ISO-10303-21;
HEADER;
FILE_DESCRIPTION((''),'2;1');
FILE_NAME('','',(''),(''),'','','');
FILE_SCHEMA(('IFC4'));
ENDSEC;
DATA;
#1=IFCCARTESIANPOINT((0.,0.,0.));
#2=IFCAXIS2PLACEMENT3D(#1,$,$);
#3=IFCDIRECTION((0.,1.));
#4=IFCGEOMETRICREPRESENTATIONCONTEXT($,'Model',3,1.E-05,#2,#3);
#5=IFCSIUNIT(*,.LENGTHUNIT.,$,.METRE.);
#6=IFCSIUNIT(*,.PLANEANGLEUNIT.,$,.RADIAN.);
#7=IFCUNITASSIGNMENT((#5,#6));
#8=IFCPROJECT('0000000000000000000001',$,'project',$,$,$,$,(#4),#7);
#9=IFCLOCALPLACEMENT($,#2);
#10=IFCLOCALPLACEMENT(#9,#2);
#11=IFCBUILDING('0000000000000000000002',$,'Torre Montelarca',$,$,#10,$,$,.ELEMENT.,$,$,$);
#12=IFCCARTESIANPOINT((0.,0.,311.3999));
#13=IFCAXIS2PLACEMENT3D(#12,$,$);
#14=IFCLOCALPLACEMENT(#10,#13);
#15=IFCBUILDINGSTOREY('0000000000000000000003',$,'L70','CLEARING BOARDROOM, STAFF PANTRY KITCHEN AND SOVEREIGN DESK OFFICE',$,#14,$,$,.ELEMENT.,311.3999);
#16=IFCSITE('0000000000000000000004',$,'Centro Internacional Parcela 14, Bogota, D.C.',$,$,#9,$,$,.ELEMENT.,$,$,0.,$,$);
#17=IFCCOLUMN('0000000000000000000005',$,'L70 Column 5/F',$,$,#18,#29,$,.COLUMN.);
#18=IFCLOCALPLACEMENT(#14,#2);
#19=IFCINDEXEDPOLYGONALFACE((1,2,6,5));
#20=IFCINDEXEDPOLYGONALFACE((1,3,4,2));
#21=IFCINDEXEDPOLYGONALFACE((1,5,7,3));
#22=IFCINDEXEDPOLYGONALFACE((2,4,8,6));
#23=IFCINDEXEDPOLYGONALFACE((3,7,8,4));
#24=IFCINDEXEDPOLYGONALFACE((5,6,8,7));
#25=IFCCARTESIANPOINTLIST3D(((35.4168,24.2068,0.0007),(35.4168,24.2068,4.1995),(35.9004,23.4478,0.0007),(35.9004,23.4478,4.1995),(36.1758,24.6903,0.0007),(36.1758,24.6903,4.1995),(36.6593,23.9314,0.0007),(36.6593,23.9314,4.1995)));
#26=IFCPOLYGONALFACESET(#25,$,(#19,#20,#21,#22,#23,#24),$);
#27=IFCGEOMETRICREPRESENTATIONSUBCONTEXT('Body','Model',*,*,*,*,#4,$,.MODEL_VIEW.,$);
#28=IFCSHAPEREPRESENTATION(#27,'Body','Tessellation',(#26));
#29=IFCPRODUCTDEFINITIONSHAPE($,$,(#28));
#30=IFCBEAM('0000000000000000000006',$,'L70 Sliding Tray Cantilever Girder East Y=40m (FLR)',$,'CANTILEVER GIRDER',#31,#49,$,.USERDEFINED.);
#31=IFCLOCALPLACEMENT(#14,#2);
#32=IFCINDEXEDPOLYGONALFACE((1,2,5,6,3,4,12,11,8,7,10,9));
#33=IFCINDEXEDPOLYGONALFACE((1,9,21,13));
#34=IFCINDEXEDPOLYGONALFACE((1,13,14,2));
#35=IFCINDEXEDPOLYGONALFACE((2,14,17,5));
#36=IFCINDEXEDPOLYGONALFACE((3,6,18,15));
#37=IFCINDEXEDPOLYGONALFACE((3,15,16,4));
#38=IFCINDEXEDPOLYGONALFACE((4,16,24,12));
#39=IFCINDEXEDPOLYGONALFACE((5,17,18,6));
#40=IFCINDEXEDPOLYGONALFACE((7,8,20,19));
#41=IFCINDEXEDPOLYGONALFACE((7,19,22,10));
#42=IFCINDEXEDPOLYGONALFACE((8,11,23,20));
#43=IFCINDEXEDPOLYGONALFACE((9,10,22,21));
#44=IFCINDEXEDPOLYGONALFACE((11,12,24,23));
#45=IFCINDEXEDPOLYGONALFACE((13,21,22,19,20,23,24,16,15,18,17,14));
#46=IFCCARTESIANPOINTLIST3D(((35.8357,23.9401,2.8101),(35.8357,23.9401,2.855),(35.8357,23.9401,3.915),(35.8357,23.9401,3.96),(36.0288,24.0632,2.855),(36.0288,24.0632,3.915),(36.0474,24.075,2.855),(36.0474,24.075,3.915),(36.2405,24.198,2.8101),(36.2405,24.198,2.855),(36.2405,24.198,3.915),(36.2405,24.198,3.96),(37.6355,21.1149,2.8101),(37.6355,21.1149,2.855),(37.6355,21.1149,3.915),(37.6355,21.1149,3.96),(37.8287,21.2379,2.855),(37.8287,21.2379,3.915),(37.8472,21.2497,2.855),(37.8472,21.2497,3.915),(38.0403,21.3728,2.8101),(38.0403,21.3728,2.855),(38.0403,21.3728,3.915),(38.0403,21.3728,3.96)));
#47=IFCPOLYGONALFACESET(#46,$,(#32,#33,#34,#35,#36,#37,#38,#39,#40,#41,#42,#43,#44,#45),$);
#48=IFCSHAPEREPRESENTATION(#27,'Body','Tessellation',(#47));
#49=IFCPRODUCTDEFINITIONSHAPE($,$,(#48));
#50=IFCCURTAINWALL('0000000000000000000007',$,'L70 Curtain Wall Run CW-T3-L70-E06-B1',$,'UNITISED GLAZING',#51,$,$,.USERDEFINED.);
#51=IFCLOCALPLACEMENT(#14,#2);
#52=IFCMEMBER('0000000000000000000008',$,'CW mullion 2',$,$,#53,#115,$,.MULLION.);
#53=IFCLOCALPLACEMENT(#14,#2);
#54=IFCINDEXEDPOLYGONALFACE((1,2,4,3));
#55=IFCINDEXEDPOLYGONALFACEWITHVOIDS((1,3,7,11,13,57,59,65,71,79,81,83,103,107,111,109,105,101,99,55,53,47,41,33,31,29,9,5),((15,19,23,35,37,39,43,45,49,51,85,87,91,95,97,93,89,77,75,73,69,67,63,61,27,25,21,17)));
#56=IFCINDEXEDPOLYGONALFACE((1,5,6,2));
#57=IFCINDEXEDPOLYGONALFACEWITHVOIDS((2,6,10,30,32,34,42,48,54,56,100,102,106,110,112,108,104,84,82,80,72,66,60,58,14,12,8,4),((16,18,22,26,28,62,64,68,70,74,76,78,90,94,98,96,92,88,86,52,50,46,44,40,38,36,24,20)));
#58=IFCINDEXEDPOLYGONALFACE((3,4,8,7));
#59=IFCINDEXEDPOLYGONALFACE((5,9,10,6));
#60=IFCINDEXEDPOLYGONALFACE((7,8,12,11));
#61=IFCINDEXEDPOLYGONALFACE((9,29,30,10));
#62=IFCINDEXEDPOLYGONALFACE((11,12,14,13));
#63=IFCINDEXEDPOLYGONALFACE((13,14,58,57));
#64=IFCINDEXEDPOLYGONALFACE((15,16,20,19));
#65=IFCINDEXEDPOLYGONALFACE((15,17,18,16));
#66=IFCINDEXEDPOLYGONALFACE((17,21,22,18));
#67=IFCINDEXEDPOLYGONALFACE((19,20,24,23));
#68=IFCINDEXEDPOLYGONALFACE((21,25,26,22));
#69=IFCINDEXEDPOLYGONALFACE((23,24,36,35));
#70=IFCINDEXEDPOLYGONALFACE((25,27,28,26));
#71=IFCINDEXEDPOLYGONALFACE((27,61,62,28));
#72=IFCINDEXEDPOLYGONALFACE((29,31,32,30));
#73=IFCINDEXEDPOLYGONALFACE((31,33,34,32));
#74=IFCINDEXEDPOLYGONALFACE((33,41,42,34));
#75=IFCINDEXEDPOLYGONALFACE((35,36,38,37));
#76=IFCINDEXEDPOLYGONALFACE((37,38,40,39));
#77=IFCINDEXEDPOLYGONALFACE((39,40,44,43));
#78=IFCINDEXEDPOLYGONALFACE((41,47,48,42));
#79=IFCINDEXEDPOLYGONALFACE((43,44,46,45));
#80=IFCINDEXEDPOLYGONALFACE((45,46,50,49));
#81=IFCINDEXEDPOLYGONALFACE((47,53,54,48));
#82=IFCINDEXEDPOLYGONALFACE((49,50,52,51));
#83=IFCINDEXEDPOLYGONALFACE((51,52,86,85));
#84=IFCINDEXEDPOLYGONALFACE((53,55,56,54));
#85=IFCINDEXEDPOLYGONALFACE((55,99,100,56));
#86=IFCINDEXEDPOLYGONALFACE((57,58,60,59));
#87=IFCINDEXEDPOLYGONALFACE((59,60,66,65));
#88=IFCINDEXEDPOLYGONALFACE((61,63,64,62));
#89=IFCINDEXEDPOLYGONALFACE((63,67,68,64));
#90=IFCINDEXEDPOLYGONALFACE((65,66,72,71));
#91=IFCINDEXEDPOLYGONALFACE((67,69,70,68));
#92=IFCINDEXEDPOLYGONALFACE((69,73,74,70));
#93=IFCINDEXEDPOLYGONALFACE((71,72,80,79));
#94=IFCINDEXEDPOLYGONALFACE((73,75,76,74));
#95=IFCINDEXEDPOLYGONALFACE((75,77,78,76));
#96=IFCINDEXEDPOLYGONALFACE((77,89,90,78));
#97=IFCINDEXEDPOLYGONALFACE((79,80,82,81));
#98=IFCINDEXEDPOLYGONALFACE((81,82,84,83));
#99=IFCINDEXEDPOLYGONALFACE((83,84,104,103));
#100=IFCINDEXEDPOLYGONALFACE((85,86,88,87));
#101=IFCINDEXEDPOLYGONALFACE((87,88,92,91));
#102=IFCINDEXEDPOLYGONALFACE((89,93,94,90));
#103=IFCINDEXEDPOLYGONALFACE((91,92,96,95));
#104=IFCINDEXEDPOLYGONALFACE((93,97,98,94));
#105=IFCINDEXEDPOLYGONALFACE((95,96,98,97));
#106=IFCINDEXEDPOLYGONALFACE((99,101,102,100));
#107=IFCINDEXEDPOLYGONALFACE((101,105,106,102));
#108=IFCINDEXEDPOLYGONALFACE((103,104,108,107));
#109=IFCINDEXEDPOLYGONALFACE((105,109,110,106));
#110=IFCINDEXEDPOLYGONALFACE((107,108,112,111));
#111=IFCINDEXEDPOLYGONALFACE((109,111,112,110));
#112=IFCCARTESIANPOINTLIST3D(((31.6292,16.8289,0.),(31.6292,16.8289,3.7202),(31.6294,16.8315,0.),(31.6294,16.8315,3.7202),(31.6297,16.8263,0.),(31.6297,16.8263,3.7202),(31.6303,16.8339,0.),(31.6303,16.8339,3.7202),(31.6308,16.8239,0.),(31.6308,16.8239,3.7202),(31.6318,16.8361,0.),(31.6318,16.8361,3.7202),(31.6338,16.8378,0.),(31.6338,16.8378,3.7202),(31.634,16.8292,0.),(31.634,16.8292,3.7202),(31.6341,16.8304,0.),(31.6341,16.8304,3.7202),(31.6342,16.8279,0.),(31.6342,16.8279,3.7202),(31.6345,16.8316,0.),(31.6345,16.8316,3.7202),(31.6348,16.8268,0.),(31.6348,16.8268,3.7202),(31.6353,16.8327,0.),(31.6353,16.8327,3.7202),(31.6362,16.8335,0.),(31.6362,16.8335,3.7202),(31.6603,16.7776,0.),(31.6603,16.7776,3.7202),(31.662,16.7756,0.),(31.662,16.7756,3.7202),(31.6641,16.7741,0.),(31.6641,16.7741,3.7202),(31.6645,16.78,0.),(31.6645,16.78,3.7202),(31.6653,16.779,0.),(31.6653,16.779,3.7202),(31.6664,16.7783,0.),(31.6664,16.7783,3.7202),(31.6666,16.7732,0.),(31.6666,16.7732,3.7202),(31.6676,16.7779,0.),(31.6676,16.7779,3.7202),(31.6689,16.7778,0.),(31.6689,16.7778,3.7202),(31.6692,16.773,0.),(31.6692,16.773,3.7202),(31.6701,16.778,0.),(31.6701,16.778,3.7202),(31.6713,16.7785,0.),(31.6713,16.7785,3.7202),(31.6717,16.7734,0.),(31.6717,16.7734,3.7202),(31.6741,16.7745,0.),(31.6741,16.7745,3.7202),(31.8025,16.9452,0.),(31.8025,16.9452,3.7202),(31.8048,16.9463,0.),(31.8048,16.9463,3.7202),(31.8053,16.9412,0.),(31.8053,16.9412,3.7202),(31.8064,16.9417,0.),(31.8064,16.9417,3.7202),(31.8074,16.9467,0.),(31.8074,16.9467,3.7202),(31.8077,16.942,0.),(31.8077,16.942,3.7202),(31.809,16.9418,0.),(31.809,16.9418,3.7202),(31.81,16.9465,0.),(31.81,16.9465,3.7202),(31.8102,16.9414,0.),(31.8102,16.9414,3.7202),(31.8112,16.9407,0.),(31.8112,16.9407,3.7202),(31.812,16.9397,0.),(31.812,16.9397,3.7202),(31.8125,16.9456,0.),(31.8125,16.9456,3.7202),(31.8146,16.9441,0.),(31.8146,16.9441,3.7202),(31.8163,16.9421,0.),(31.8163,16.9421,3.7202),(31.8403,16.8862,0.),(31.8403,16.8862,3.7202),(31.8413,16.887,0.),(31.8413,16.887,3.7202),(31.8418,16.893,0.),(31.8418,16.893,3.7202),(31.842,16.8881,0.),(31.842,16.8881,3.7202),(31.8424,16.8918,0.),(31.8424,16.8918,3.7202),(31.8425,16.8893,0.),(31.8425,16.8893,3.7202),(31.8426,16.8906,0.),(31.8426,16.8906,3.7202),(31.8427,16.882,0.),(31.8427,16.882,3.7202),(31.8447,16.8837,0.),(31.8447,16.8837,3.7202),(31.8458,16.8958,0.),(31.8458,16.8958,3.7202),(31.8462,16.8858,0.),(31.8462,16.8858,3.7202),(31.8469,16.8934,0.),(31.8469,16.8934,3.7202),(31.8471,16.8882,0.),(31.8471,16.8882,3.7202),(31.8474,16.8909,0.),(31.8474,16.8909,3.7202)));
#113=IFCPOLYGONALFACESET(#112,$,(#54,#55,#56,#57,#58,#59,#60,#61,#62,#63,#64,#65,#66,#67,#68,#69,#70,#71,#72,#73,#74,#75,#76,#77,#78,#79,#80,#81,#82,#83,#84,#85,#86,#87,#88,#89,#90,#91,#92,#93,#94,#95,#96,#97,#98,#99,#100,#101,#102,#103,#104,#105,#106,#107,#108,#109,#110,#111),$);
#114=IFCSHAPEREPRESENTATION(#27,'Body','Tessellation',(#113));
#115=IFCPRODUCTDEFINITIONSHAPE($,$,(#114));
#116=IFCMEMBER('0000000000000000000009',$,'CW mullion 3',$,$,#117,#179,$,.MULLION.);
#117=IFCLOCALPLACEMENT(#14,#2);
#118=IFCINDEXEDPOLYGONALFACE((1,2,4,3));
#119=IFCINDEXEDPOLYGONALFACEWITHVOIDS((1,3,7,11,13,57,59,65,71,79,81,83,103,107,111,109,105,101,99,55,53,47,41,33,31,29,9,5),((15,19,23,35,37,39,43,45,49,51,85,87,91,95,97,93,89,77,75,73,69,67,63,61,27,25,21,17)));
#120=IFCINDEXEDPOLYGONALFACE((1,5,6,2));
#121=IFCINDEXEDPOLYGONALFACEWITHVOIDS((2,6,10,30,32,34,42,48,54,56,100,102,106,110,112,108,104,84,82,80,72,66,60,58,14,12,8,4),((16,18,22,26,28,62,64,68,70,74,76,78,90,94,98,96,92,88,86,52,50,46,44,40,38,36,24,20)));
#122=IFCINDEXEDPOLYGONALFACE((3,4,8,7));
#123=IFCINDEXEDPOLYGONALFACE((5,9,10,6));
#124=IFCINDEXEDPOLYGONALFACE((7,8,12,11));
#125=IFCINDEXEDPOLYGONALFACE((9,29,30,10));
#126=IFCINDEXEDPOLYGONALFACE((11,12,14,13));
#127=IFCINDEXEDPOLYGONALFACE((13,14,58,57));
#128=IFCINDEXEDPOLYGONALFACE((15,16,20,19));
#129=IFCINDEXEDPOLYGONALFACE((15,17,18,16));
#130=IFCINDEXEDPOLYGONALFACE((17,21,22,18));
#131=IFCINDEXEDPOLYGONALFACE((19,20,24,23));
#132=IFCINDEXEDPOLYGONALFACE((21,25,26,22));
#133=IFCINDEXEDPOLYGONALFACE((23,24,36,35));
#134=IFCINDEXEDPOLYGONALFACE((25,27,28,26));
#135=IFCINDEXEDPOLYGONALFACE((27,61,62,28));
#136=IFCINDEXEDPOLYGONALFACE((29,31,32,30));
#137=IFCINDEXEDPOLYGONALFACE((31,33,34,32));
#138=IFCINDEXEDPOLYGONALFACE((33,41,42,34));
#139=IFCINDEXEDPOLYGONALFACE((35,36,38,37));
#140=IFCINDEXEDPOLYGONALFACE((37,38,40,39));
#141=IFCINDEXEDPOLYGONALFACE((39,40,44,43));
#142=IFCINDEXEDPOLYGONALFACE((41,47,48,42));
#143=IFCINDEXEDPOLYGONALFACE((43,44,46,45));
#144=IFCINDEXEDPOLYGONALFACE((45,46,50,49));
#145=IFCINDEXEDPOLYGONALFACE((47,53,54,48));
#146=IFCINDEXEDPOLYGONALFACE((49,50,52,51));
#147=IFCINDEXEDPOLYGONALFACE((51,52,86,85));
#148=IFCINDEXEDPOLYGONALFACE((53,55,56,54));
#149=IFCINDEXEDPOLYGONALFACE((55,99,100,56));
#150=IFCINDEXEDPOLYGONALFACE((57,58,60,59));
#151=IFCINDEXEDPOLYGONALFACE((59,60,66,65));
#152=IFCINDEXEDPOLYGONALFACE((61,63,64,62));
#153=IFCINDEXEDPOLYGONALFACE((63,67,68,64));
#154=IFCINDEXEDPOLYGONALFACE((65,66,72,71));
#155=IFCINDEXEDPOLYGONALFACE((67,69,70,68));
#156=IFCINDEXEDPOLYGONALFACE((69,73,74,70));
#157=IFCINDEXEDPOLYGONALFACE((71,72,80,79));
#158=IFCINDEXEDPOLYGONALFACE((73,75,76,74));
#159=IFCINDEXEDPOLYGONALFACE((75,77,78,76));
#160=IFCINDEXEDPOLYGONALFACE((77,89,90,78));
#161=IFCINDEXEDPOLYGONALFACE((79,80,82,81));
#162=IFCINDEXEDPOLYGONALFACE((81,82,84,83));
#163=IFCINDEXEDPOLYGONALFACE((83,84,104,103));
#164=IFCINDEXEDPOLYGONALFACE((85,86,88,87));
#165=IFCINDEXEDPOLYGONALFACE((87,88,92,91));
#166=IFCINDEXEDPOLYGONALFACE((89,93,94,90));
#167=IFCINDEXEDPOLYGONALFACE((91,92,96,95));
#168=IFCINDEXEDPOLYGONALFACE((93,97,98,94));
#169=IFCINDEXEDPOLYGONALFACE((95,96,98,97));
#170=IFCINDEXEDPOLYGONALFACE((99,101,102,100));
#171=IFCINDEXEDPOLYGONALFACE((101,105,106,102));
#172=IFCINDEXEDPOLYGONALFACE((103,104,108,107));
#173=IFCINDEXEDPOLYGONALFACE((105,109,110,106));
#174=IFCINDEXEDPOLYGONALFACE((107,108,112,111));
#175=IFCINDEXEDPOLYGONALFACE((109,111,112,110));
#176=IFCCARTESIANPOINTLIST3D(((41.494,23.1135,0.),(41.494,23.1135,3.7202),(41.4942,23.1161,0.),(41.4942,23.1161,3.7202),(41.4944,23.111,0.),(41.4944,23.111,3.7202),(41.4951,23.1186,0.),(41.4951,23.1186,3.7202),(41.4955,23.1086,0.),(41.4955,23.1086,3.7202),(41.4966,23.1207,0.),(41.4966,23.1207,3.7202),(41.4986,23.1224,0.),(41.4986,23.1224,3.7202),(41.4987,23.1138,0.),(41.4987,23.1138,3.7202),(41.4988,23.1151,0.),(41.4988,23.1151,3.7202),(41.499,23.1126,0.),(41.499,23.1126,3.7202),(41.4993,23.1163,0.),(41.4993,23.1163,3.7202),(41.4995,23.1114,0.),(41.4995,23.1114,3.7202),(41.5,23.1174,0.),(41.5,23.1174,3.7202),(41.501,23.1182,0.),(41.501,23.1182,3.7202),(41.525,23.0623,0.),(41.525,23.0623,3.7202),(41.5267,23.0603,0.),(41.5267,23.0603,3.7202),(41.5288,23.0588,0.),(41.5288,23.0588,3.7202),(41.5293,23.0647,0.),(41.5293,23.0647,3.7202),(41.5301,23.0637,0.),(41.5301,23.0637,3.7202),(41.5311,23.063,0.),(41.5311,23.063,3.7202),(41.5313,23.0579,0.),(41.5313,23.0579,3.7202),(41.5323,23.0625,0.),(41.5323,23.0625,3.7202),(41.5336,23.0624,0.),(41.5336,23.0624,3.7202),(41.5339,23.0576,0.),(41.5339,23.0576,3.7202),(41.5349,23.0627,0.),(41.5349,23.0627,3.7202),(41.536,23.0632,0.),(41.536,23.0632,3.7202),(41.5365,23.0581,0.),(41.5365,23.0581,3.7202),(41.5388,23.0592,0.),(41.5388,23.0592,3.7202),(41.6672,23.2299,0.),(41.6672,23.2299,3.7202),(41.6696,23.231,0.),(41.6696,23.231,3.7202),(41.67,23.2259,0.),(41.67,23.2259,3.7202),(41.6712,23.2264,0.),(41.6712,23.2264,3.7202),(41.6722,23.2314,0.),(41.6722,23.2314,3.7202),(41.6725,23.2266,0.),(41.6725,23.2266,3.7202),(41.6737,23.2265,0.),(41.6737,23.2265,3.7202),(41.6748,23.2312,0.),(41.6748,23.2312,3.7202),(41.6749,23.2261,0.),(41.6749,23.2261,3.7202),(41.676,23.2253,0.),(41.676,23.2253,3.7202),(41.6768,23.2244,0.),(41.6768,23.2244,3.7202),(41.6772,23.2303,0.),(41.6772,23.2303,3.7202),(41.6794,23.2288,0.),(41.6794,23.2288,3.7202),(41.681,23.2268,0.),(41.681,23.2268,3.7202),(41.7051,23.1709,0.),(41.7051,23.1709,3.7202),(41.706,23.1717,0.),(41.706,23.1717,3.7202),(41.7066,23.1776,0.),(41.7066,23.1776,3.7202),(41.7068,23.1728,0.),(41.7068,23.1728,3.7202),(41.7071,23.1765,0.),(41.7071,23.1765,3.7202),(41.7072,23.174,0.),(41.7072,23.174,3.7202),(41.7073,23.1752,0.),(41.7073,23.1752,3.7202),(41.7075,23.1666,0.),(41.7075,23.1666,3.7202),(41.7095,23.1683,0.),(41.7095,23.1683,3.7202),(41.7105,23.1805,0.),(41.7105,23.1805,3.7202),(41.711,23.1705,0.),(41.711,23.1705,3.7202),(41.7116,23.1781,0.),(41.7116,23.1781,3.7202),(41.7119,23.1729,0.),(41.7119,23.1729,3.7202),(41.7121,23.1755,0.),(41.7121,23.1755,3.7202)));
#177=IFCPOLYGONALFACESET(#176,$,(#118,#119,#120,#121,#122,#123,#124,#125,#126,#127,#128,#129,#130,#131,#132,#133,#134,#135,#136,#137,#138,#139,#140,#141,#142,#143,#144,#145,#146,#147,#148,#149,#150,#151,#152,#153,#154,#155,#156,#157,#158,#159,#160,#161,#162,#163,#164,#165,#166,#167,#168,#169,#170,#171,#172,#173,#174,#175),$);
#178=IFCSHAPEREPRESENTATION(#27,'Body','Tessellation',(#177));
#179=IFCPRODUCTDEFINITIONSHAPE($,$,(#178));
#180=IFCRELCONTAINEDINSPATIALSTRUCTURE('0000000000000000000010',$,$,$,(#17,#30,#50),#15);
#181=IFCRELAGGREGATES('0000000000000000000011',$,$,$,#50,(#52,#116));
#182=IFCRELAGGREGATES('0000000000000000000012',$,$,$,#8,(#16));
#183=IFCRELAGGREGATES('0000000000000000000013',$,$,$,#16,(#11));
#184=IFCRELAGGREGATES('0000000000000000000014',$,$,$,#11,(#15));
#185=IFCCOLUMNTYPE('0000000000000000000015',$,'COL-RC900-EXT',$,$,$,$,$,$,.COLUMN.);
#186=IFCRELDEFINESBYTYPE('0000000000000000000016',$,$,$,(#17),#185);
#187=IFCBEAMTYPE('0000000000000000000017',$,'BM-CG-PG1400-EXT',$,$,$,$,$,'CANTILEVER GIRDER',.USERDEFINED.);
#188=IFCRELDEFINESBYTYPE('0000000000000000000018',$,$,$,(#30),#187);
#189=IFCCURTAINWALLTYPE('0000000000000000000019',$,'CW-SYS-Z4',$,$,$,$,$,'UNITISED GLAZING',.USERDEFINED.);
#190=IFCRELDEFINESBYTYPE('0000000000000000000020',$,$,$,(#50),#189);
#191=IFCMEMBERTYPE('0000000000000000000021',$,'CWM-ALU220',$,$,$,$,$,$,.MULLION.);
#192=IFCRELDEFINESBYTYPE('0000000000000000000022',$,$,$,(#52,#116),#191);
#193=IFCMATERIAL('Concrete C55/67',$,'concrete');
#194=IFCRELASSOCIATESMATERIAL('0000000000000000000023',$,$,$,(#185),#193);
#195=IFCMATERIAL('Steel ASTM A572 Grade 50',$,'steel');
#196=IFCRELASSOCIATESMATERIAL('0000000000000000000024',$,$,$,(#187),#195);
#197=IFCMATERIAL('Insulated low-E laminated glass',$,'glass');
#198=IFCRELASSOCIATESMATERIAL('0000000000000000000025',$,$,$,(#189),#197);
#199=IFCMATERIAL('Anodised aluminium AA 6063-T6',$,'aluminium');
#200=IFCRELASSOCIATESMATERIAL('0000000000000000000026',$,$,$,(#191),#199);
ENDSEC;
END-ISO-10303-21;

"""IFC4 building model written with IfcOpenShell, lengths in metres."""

from ifc_helpers import new_model, si_unit, direction, frame, origin, origin_2d, place, context, subcontext, project, spatial, rectangle, hollow_rectangle, i_section, extrude, source, transform, mapped, material, material_profile, profile_set, type_object, element, aggregate, save


model = new_model("IFC4")

# Units and contexts
model_context = context("Model", 3, precision=1e-05, world=origin(), true_north=direction((0.0, 1.0)))
body_context = subcontext(model_context, "Body", "Model", "MODEL_VIEW")
ifc_project = project(units=[si_unit("LENGTHUNIT", "METRE"), si_unit("PLANEANGLEUNIT", "RADIAN")], contexts=[model_context])

# Site, building, storey
site_placement = place(None, origin())
site = spatial("IfcSite", under=ifc_project, at=site_placement, Name="Centro Internacional Parcela 14, Bogota, D.C.", CompositionType="ELEMENT", RefElevation=0.0)
building_placement = place(site_placement, origin())
building = spatial("IfcBuilding", under=site, at=building_placement, Name="Torre Montelarca", CompositionType="ELEMENT")
storey_placement = place(building_placement, frame((0.0, 0.0, 311.3999)))
storey = spatial("IfcBuildingStorey", under=building, at=storey_placement, Name="L70", Description="CLEARING BOARDROOM, STAFF PANTRY KITCHEN AND SOVEREIGN DESK OFFICE", CompositionType="ELEMENT", Elevation=311.3999)

# Column
ifc_material_1 = material(Name="Concrete C55/67", Category="concrete")
ifc_material_profile_1 = material_profile(ifc_material_1, rectangle(XDim=0.8999, YDim=0.8999, at=origin_2d()), Name="RC900X900", Category="concrete")
ifc_profile_set_1 = profile_set([ifc_material_profile_1], Name="Concrete C55/67")
column_type = type_object("IfcColumnType", Name="COL-RC900-EXT", PredefinedType="COLUMN", material=ifc_profile_set_1)
shared_shape_1 = source(origin(), body_context, "Body", "SweptSolid", [
    extrude(rectangle(XDim=0.8999, YDim=0.8999, at=origin_2d()), origin(), (0.0, 0.0, 1.0), 4.1987),
])
column_placement = place(storey_placement, frame((36.0381, 24.0691, 0.0007), z_axis=(0.0, 0.0, 1.0), x_axis=(-0.5373, 0.843391, 0.0)))
element("IfcColumn", 1, at=column_placement, inside=storey, type_object=column_type, Name="L70 Column 5/F", PredefinedType="COLUMN", context=body_context, shape_type="MappedRepresentation", body=[
    mapped(shared_shape_1, transform((0.0, 0.0, 0.0), scale=1.0)),
])

# Beam
ifc_material_2 = material(Name="Steel ASTM A572 Grade 50", Category="steel")
ifc_material_profile_2 = material_profile(ifc_material_2, i_section(OverallWidth=0.48, OverallDepth=1.1499, WebThickness=0.022, FlangeThickness=0.0449, at=origin_2d()), Name="PG1150X480X22X45", Category="steel")
ifc_profile_set_2 = profile_set([ifc_material_profile_2], Name="Steel ASTM A572 Grade 50")
beam_type = type_object("IfcBeamType", Name="BM-CG-PG1400-EXT", ElementType="CANTILEVER GIRDER", PredefinedType="USERDEFINED", material=ifc_profile_set_2)
shared_shape_2 = source(origin(), body_context, "Body", "SweptSolid", [
    extrude(i_section(OverallWidth=0.48, OverallDepth=1.1499, WebThickness=0.022, FlangeThickness=0.0449, at=origin_2d()), origin(), (0.0, 0.0, 1.0), 3.3499),
])
beam_placement = place(storey_placement, frame((36.0381, 24.0691, 3.385), z_axis=(0.53729, -0.843397, 0.0), x_axis=(0.843397, 0.53729, 0.0)))
element("IfcBeam", 2, at=beam_placement, inside=storey, type_object=beam_type, Name="L70 Sliding Tray Cantilever Girder East Y=40m (FLR)", ObjectType="CANTILEVER GIRDER", PredefinedType="USERDEFINED", context=body_context, shape_type="MappedRepresentation", body=[
    mapped(shared_shape_2, transform((0.0, 0.0, 0.0), scale=1.0)),
])

# Curtain wall, members
ifc_material_3 = material(Name="Insulated low-E laminated glass", Category="glass")
curtain_wall_type = type_object("IfcCurtainWallType", Name="CW-SYS-Z4", ElementType="UNITISED GLAZING", PredefinedType="USERDEFINED", material=ifc_material_3)
curtain_wall_1_placement = place(storey_placement, origin())
curtain_wall_1 = element("IfcCurtainWall", 3, at=curtain_wall_1_placement, inside=storey, type_object=curtain_wall_type, Name="L70 Curtain Wall Run CW-T3-L70-E06-B1", ObjectType="UNITISED GLAZING", PredefinedType="USERDEFINED")
ifc_material_4 = material(Name="Anodised aluminium AA 6063-T6", Category="aluminium")
ifc_material_profile_3 = material_profile(ifc_material_4, hollow_rectangle(XDim=0.075, YDim=0.22, WallThickness=0.0049, InnerFilletRadius=0.0049, OuterFilletRadius=0.01, at=origin_2d()), Name="ALU75X220X5", Category="aluminium")
ifc_profile_set_3 = profile_set([ifc_material_profile_3], Name="Anodised aluminium AA 6063-T6")
member_type_1 = type_object("IfcMemberType", Name="CWM-ALU220", PredefinedType="MULLION", material=ifc_profile_set_3)
shared_shape_3 = source(origin(), body_context, "Body", "SweptSolid", [
    extrude(hollow_rectangle(XDim=0.075, YDim=0.22, WallThickness=0.0049, InnerFilletRadius=0.0049, OuterFilletRadius=0.01, at=origin_2d()), origin(), (0.0, 0.0, 1.0), 3.7202),
])
member_1_placement = place(storey_placement, frame((31.7383, 16.8599, 0.0), z_axis=(0.0, 0.0, 1.0), x_axis=(-0.537302, 0.84339, 0.0)))
member_1 = element("IfcMember", 4, at=member_1_placement, type_object=member_type_1, Name="CW mullion 2", PredefinedType="MULLION", context=body_context, shape_type="MappedRepresentation", body=[
    mapped(shared_shape_3, transform((0.0, 0.0, 0.0), scale=1.0)),
])
member_2_placement = place(storey_placement, frame((41.603, 23.1445, 0.0), z_axis=(0.0, 0.0, 1.0), x_axis=(-0.537302, 0.84339, 0.0)))
member_2 = element("IfcMember", 5, at=member_2_placement, type_object=member_type_1, Name="CW mullion 3", PredefinedType="MULLION", context=body_context, shape_type="MappedRepresentation", body=[
    mapped(shared_shape_3, transform((0.0, 0.0, 0.0), scale=1.0)),
])

aggregate(curtain_wall_1, [member_1, member_2])

save(model, "model.ifc")
